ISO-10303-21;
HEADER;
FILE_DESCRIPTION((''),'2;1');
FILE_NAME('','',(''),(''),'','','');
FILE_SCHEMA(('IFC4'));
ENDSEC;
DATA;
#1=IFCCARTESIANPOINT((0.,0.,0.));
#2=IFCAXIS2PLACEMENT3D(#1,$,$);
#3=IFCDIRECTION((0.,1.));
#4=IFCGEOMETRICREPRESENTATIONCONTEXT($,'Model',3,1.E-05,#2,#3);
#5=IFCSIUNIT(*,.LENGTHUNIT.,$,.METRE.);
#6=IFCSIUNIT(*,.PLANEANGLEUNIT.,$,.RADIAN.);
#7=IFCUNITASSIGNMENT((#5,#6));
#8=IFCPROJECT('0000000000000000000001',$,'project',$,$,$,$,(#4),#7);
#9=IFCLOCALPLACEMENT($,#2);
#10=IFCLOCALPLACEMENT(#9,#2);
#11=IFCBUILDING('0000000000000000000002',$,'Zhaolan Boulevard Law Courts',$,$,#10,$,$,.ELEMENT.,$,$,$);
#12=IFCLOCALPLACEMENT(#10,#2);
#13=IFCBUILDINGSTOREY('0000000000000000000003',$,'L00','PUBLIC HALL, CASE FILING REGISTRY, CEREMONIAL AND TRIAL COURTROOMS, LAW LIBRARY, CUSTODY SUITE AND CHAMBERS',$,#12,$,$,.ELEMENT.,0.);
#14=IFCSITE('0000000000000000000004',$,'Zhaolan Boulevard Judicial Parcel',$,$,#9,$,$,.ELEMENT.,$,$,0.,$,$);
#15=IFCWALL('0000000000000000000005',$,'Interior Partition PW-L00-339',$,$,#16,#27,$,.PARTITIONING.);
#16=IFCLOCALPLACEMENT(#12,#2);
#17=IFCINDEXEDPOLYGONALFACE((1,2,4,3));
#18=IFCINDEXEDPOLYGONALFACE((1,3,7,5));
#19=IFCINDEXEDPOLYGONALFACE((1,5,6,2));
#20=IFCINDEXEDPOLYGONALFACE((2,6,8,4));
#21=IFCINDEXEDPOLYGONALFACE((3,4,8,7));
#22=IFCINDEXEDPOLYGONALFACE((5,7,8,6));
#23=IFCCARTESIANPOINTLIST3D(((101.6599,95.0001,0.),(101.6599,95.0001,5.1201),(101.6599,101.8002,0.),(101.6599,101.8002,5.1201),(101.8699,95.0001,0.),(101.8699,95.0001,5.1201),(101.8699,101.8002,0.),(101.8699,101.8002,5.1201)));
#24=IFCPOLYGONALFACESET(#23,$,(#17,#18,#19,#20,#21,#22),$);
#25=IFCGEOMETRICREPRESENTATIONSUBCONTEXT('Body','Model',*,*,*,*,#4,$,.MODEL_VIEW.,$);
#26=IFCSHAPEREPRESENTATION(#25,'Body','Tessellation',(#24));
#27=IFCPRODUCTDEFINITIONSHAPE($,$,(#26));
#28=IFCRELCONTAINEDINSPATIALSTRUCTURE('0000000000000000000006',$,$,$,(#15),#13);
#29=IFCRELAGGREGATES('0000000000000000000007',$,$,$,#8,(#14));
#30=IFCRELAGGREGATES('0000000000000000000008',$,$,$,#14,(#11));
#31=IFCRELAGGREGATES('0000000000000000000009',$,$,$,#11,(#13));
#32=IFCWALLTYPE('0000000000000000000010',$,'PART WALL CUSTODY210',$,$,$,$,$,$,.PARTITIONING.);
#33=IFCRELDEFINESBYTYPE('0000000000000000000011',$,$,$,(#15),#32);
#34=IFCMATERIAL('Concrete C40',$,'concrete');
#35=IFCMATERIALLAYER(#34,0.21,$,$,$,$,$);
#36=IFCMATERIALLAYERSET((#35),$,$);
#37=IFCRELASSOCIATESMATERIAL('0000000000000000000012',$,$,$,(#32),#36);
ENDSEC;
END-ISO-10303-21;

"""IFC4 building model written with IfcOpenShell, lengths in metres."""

from ifc_helpers import new_model, si_unit, direction, frame, frame_2d, origin, place, context, subcontext, project, spatial, rectangle, extrude, material, layer, layer_set, type_object, element, save


model = new_model("IFC4")

# Units and contexts
model_context = context("Model", 3, precision=1e-05, world=origin(), true_north=direction((0.0, 1.0)))
body_context = subcontext(model_context, "Body", "Model", "MODEL_VIEW")
ifc_project = project(units=[si_unit("LENGTHUNIT", "METRE"), si_unit("PLANEANGLEUNIT", "RADIAN")], contexts=[model_context])

# Site, building, storey
site_placement = place(None, origin())
site = spatial("IfcSite", under=ifc_project, at=site_placement, Name="Zhaolan Boulevard Judicial Parcel", CompositionType="ELEMENT", RefElevation=0.0)
building_placement = place(site_placement, origin())
building = spatial("IfcBuilding", under=site, at=building_placement, Name="Zhaolan Boulevard Law Courts", CompositionType="ELEMENT")
storey_placement = place(building_placement, origin())
storey = spatial("IfcBuildingStorey", under=building, at=storey_placement, Name="L00", Description="PUBLIC HALL, CASE FILING REGISTRY, CEREMONIAL AND TRIAL COURTROOMS, LAW LIBRARY, CUSTODY SUITE AND CHAMBERS", CompositionType="ELEMENT", Elevation=0.0)

# Shared definitions
ifc_material_1 = material(Name="Concrete C40", Category="concrete")
ifc_layer_1 = layer(ifc_material_1, 0.21)
ifc_layer_set_1 = layer_set([ifc_layer_1])
wall_type_1 = type_object("IfcWallType", Name="PART WALL CUSTODY210", PredefinedType="PARTITIONING", material=ifc_layer_set_1)

# Wall
wall_1_placement = place(storey_placement, frame((101.7649, 101.8, 0.0), z_axis=(0.0, 0.0, 1.0), x_axis=(0.0, -1.0, 0.0)))
element("IfcWall", 1, at=wall_1_placement, inside=storey, type_object=wall_type_1, Name="Interior Partition PW-L00-339", PredefinedType="PARTITIONING", context=body_context, shape_type="SweptSolid", body=[
    extrude(rectangle(XDim=6.8, YDim=0.21, at=frame_2d((3.3999, 0.0))), origin(), (0.0, 0.0, 1.0), 5.1201),
])

save(model, "model.ifc")
